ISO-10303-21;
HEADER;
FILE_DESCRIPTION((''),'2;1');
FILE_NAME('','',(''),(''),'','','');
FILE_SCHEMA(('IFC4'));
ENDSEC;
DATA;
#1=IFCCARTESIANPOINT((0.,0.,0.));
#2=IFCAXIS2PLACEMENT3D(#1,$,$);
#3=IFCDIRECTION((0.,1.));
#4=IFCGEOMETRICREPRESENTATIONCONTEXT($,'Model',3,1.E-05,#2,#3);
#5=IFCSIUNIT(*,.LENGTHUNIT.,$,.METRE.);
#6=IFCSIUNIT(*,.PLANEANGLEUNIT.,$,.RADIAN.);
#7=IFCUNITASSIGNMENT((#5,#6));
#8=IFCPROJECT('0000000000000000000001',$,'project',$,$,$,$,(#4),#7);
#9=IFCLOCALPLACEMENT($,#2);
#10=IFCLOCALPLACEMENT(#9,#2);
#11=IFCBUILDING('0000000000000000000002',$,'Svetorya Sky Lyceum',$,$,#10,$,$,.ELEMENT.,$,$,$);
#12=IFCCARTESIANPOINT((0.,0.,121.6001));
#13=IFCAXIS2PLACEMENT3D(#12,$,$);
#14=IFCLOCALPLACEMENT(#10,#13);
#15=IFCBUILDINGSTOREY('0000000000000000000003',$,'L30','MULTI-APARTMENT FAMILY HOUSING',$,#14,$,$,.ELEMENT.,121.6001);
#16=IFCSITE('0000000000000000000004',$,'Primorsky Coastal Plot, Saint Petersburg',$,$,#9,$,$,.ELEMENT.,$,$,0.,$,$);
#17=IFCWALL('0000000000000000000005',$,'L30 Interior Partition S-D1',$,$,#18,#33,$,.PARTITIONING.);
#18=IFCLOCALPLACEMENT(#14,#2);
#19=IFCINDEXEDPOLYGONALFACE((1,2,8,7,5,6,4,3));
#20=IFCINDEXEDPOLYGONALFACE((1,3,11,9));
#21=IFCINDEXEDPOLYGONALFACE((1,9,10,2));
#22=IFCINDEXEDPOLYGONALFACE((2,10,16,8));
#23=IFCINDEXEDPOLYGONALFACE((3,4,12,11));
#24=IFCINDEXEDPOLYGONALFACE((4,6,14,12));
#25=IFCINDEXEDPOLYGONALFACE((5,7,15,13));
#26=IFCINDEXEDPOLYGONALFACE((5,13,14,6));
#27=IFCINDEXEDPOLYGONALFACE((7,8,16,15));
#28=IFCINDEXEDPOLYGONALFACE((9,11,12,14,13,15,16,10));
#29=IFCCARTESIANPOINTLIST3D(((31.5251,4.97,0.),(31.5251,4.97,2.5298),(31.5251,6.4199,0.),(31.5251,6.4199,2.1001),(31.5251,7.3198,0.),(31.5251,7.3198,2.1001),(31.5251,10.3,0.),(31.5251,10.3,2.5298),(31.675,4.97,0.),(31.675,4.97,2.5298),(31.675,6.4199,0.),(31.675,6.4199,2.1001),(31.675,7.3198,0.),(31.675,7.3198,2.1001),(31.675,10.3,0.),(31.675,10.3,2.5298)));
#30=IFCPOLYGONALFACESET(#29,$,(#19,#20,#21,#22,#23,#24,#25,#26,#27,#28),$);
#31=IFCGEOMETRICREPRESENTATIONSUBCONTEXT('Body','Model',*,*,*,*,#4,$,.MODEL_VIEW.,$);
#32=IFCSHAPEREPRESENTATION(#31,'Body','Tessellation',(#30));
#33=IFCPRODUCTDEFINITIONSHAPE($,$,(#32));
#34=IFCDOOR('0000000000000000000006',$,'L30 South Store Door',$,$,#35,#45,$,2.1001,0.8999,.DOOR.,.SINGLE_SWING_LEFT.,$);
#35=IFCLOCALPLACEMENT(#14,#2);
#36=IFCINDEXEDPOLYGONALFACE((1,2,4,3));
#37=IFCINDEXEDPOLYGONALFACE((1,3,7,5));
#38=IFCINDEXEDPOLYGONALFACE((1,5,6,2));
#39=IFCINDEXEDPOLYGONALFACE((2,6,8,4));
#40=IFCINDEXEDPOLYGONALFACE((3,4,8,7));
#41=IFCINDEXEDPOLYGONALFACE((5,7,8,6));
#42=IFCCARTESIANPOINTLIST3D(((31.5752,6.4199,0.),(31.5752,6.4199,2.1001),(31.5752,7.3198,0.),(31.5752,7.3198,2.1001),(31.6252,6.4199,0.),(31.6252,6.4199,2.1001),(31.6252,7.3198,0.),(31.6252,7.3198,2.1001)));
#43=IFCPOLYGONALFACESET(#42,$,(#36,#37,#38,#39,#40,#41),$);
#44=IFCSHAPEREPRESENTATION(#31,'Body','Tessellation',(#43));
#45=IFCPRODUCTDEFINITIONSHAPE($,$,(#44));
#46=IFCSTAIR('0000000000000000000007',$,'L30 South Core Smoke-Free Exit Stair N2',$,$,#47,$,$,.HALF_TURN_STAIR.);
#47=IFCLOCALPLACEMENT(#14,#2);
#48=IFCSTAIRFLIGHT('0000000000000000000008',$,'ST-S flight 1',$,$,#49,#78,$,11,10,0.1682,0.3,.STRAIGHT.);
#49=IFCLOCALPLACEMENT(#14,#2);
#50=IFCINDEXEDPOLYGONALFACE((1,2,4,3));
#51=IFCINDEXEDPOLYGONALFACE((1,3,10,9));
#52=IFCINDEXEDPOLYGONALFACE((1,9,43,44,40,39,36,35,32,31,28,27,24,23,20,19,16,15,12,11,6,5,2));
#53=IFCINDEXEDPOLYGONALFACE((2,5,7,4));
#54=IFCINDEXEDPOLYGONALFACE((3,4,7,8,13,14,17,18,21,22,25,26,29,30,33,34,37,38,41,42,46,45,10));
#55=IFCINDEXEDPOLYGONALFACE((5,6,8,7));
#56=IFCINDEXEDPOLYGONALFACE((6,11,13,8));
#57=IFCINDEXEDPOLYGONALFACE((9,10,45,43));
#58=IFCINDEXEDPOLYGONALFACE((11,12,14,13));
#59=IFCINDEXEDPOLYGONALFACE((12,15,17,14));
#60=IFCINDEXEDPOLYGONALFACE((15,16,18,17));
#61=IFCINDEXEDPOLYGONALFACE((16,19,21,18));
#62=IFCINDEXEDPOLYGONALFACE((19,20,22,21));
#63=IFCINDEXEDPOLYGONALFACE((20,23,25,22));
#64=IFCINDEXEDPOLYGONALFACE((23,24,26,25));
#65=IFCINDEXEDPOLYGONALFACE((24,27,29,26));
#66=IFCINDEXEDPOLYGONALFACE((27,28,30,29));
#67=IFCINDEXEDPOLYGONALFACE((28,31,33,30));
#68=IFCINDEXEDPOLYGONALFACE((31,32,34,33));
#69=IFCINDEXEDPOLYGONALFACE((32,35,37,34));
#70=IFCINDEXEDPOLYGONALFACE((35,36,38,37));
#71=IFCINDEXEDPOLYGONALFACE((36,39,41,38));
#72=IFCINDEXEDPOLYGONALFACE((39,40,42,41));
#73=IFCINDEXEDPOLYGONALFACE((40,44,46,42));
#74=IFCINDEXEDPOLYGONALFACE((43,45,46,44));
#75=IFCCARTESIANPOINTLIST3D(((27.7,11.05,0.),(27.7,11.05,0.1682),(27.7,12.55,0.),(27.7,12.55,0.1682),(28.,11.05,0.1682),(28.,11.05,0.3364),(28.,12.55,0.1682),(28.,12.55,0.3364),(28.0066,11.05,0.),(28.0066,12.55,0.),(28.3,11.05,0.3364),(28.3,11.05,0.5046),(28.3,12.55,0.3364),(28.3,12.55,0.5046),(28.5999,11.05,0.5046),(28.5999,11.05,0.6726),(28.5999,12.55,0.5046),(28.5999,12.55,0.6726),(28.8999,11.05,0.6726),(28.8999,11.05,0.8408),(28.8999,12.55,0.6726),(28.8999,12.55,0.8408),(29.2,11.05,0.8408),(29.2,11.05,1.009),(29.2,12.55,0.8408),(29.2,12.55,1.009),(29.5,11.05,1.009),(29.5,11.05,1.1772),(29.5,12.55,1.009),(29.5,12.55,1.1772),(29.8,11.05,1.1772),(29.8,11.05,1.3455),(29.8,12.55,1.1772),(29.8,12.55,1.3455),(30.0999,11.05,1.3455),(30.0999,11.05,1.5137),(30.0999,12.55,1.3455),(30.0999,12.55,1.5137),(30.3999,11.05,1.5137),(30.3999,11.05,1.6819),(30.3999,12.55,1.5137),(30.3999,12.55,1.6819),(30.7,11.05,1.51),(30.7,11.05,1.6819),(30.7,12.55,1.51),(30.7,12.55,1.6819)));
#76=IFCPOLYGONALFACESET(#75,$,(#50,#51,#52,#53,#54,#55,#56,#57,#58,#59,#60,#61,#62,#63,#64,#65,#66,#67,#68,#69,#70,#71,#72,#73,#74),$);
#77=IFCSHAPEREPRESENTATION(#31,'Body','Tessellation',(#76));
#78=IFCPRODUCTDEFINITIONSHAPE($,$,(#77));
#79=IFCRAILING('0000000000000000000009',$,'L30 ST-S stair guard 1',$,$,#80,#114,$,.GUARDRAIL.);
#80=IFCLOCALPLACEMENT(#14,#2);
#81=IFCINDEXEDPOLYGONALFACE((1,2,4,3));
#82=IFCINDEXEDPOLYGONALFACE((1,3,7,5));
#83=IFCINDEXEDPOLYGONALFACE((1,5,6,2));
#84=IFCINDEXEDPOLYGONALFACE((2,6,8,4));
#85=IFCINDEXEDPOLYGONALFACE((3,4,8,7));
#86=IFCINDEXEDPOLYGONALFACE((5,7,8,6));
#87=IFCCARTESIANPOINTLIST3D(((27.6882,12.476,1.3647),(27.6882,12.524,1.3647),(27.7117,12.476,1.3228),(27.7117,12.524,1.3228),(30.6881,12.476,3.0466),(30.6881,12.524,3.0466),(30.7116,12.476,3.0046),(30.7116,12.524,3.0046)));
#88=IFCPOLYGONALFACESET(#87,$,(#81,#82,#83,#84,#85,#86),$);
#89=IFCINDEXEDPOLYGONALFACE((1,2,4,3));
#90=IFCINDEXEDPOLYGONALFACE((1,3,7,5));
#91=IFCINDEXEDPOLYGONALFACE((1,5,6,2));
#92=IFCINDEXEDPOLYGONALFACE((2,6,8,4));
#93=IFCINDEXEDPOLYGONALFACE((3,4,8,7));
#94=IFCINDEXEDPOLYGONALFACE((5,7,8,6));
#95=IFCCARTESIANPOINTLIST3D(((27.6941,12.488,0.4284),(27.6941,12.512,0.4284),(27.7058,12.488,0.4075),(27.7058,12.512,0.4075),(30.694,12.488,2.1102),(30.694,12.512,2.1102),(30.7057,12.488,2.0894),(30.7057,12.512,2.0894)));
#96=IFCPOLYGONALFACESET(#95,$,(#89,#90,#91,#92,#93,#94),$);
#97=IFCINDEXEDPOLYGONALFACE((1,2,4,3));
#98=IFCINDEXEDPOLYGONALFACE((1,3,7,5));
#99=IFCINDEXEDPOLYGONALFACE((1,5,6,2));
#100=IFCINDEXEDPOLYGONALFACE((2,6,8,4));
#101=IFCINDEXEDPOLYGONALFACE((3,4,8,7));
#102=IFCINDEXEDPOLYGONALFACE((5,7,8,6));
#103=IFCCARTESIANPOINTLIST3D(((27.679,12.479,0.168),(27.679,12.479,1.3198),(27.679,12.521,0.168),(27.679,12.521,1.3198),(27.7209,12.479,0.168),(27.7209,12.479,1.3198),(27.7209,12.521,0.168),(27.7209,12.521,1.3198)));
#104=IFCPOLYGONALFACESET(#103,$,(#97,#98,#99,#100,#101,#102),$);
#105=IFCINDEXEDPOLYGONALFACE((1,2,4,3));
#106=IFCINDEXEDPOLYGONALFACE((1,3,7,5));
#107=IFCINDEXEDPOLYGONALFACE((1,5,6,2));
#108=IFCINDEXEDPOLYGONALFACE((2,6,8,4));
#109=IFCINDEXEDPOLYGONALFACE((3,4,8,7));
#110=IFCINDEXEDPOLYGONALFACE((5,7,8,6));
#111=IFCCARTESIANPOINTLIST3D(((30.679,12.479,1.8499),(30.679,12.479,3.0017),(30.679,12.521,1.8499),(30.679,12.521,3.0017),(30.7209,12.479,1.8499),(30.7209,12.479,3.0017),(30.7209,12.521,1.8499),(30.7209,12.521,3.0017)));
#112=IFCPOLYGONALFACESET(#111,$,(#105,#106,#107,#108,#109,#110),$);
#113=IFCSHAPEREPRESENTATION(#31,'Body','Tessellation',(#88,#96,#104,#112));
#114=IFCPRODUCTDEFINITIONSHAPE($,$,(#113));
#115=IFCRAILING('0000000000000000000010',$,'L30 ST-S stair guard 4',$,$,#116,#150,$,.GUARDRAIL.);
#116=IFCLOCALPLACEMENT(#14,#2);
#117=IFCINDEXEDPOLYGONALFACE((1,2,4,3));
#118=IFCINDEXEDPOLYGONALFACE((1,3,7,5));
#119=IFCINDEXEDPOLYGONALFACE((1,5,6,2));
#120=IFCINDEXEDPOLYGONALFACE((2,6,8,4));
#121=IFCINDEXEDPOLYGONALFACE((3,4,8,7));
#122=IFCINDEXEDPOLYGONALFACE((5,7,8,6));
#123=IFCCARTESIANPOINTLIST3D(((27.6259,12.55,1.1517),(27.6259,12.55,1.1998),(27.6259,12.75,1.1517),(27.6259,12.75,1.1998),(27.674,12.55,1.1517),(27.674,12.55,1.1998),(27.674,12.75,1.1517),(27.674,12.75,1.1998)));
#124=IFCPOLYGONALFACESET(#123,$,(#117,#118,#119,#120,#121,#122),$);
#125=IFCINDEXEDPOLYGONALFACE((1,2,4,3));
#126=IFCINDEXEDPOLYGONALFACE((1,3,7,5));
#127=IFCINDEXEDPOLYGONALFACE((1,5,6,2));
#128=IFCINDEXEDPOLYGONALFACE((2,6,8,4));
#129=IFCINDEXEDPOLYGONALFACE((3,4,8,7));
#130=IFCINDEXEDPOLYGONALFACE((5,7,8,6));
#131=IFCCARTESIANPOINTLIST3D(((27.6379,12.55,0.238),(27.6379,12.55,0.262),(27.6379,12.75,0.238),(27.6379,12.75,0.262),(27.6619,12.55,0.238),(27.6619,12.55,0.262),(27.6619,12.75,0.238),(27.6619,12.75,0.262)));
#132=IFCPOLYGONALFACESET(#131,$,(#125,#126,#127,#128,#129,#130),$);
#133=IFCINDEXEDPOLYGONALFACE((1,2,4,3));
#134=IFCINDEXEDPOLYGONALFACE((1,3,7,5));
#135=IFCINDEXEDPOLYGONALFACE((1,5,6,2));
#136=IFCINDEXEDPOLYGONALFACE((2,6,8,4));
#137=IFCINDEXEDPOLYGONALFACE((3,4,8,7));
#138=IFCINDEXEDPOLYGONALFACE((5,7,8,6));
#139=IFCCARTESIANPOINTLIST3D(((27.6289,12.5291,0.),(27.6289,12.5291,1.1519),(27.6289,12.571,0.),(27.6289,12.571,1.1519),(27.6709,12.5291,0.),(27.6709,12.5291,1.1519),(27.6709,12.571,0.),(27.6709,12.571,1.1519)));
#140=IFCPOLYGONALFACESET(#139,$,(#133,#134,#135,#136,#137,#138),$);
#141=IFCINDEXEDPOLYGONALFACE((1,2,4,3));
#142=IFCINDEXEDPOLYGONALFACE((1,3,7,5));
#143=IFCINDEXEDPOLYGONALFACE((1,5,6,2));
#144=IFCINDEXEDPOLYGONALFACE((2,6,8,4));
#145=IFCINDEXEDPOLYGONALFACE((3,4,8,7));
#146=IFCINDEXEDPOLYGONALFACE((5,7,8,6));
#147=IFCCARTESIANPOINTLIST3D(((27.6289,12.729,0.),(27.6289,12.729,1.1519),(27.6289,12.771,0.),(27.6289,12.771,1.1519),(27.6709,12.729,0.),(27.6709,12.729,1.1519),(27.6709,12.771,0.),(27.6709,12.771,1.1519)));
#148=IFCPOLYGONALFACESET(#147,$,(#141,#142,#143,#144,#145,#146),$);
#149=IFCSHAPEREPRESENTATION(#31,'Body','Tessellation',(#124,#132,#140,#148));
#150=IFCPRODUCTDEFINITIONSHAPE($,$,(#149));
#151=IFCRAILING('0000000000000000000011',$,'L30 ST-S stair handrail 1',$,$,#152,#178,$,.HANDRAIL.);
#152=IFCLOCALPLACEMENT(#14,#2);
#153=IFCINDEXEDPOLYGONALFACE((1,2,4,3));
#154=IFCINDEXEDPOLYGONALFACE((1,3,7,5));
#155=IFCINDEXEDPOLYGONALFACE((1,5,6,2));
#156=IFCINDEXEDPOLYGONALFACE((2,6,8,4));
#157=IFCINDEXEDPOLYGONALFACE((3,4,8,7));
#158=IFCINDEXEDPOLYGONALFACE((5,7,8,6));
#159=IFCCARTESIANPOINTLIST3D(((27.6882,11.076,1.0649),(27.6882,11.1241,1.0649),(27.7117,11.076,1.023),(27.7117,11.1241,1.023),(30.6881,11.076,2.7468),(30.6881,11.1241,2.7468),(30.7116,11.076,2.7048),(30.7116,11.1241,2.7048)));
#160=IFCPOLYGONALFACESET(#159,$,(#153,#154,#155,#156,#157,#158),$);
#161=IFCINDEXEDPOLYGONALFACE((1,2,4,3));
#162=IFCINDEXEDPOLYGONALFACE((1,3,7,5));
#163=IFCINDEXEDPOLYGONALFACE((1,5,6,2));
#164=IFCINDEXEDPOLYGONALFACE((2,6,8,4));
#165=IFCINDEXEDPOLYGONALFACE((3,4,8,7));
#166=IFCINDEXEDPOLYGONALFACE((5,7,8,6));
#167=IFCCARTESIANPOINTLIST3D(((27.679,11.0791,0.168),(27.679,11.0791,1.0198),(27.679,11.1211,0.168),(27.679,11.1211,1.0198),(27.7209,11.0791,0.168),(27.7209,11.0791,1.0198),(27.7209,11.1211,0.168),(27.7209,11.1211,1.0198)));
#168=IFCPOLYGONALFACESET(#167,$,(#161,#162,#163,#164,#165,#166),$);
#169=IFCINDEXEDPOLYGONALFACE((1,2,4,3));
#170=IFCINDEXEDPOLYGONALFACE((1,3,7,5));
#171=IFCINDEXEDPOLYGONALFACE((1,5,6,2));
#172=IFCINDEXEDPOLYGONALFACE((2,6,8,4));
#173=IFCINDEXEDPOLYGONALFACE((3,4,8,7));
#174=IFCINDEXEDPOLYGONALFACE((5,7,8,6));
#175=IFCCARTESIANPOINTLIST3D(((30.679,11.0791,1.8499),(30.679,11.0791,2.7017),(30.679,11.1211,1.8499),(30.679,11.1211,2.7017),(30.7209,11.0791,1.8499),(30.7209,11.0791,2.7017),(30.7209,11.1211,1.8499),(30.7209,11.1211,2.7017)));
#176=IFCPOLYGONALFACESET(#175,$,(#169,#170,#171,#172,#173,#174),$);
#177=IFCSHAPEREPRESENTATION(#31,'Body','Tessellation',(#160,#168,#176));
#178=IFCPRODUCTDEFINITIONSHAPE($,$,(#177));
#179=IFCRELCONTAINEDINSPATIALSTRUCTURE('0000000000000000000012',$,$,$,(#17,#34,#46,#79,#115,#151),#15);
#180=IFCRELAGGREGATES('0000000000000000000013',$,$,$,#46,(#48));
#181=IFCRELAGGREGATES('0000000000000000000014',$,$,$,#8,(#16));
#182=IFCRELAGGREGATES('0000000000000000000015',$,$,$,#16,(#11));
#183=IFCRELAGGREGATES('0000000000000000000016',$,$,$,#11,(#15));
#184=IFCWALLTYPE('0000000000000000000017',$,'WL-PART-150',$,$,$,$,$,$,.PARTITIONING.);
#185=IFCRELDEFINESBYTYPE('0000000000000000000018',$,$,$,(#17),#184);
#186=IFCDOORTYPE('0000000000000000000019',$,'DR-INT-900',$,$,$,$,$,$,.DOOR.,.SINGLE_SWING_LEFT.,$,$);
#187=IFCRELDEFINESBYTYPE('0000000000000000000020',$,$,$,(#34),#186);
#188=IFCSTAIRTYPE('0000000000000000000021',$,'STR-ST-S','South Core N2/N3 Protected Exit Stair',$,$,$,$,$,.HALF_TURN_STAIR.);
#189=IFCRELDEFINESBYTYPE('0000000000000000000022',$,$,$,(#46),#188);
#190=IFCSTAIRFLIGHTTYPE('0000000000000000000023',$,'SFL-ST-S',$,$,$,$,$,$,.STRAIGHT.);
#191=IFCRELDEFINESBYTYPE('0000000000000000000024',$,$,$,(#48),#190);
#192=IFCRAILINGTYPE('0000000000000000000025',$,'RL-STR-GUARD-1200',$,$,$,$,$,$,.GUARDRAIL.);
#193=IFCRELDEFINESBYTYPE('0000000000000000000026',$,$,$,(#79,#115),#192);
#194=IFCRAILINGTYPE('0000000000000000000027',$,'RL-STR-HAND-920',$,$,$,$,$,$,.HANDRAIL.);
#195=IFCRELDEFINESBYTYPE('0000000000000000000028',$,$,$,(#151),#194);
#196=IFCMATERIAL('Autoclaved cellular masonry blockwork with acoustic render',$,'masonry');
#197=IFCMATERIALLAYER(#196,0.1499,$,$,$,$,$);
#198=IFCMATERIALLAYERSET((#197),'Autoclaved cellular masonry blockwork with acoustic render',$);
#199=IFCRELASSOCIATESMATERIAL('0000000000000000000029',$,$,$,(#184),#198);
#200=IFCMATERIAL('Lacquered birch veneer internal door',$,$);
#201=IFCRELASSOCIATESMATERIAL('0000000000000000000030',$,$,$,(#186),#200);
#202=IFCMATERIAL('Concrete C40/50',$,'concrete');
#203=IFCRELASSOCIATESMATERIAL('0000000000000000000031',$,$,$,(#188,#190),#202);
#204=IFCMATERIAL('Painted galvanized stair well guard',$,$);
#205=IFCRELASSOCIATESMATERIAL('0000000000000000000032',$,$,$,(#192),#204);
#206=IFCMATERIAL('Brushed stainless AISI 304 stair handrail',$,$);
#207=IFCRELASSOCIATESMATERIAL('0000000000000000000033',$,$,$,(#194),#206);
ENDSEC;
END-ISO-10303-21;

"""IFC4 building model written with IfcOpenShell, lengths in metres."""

from ifc_helpers import new_model, si_unit, direction, frame, frame_2d, origin, origin_2d, place, context, subcontext, project, spatial, polyline, rectangle, outline, extrude, material, layer, layer_set, type_object, element, fill, aggregate, save


model = new_model("IFC4")

# Units and contexts
model_context = context("Model", 3, precision=1e-05, world=origin(), true_north=direction((0.0, 1.0)))
body_context = subcontext(model_context, "Body", "Model", "MODEL_VIEW")
ifc_project = project(units=[si_unit("LENGTHUNIT", "METRE"), si_unit("PLANEANGLEUNIT", "RADIAN")], contexts=[model_context])

# Site, building, storey
site_placement = place(None, origin())
site = spatial("IfcSite", under=ifc_project, at=site_placement, Name="Primorsky Coastal Plot, Saint Petersburg", CompositionType="ELEMENT", RefElevation=0.0)
building_placement = place(site_placement, origin())
building = spatial("IfcBuilding", under=site, at=building_placement, Name="Svetorya Sky Lyceum", CompositionType="ELEMENT")
storey_placement = place(building_placement, frame((0.0, 0.0, 121.6001)))
storey = spatial("IfcBuildingStorey", under=building, at=storey_placement, Name="L30", Description="MULTI-APARTMENT FAMILY HOUSING", CompositionType="ELEMENT", Elevation=121.6001)

# Shared definitions
ifc_material_1 = material(Name="Concrete C40/50", Category="concrete")

# Wall, opening, door
ifc_material_2 = material(Name="Autoclaved cellular masonry blockwork with acoustic render", Category="masonry")
ifc_layer_1 = layer(ifc_material_2, 0.1499)
ifc_layer_set_1 = layer_set([ifc_layer_1], Name="Autoclaved cellular masonry blockwork with acoustic render")
wall_type_1 = type_object("IfcWallType", Name="WL-PART-150", PredefinedType="PARTITIONING", material=ifc_layer_set_1)
wall_1_placement = place(storey_placement, frame((31.6001, 4.97, 0.0), z_axis=(0.0, 0.0, 1.0), x_axis=(0.0, 1.0, 0.0)))
wall_1 = element("IfcWall", 1, at=wall_1_placement, inside=storey, type_object=wall_type_1, Name="L30 Interior Partition S-D1", PredefinedType="PARTITIONING", context=body_context, shape_type="SweptSolid", body=[
    extrude(rectangle(XDim=5.3301, YDim=0.1499, at=frame_2d((2.665, 0.0))), origin(), (0.0, 0.0, 1.0), 2.5298),
])
opening_placement = place(wall_1_placement, frame((1.45, 0.0, 0.0)))
opening = element("IfcOpeningElement", 2, at=opening_placement, cuts=wall_1, PredefinedType="OPENING", context=body_context, shape_type="SweptSolid", body=[
    extrude(rectangle(XDim=0.8999, YDim=2.1001, at=frame_2d((0.45, 1.05))), frame((0.0, 0.085, 0.0), z_axis=(0.0, -1.0, 0.0), x_axis=(1.0, 0.0, 0.0)), (0.0, 0.0, 1.0), 0.1699),
])
ifc_material_3 = material(Name="Lacquered birch veneer internal door")
door_type = type_object("IfcDoorType", Name="DR-INT-900", OperationType="SINGLE_SWING_LEFT", PredefinedType="DOOR", material=ifc_material_3)
door_placement = place(opening_placement, origin())
door = element("IfcDoor", 3, at=door_placement, inside=storey, type_object=door_type, Name="L30 South Store Door", OperationType="SINGLE_SWING_LEFT", OverallHeight=2.1001, OverallWidth=0.8999, PredefinedType="DOOR", context=body_context, shape_type="SweptSolid", body=[
    extrude(rectangle(XDim=0.8999, YDim=2.1001, at=frame_2d((0.45, 1.05))), frame((0.0, 0.0249, 0.0), z_axis=(0.0, -1.0, 0.0), x_axis=(1.0, 0.0, 0.0)), (0.0, 0.0, 1.0), 0.05),
])
fill(opening, door)

# Stair, stair flight
stair_type = type_object("IfcStairType", Name="STR-ST-S", Description="South Core N2/N3 Protected Exit Stair", PredefinedType="HALF_TURN_STAIR", material=ifc_material_1)
stair_placement = place(storey_placement, origin())
stair = element("IfcStair", 4, at=stair_placement, inside=storey, type_object=stair_type, Name="L30 South Core Smoke-Free Exit Stair N2", PredefinedType="HALF_TURN_STAIR")
stair_flight_type = type_object("IfcStairFlightType", Name="SFL-ST-S", PredefinedType="STRAIGHT", material=ifc_material_1)
stair_flight_placement = place(storey_placement, frame((27.7, 11.8, 0.0), z_axis=(0.0, 0.0, 1.0), x_axis=(1.0, 0.0, 0.0)))
stair_flight = element("IfcStairFlight", 5, at=stair_flight_placement, type_object=stair_flight_type, Name="ST-S flight 1", NumberOfRisers=11, NumberOfTreads=10, PredefinedType="STRAIGHT", RiserHeight=0.1682, TreadLength=0.3, context=body_context, shape_type="SweptSolid", body=[
    extrude(outline(polyline([(0.0, 0.0), (0.0, 0.1682), (0.3, 0.1682), (0.3, 0.3364), (0.6001, 0.3364), (0.6001, 0.5046), (0.8999, 0.5046), (0.8999, 0.6726), (1.2, 0.6726), (1.2, 0.8408), (1.5, 0.8408), (1.5, 1.009), (1.8, 1.009), (1.8, 1.1772), (2.1001, 1.1772), (2.1001, 1.3455), (2.3999, 1.3455), (2.3999, 1.5137), (2.7, 1.5137), (2.7, 1.6819), (3.0, 1.6819), (3.0, 1.8501), (3.0, 1.51), (0.3066, 0.0), (0.0, 0.0)])), frame((0.0, 0.75, 0.0), z_axis=(0.0, -1.0, 0.0), x_axis=(1.0, 0.0, 0.0)), (0.0, 0.0, 1.0), 1.5),
])
aggregate(stair, [stair_flight])

# Railings
ifc_material_4 = material(Name="Painted galvanized stair well guard")
railing_type_1 = type_object("IfcRailingType", Name="RL-STR-GUARD-1200", PredefinedType="GUARDRAIL", material=ifc_material_4)
railing_1_placement = place(storey_placement, frame((27.7, 12.5, 0.168)))
element("IfcRailing", 6, at=railing_1_placement, inside=storey, type_object=railing_type_1, Name="L30 ST-S stair guard 1", PredefinedType="GUARDRAIL", context=body_context, shape_type="SweptSolid", body=[
    extrude(rectangle(XDim=0.0481, YDim=0.0481, at=origin_2d()), frame((0.0, 0.0, 1.1758), z_axis=(0.872272, 0.0, 0.48902), x_axis=(0.0, 1.0, 0.0)), (0.0, 0.0, 1.0), 3.4392),
    extrude(rectangle(XDim=0.0239, YDim=0.0239, at=origin_2d()), frame((0.0, 0.0, 0.25), z_axis=(0.872272, 0.0, 0.48902), x_axis=(0.0, 1.0, 0.0)), (0.0, 0.0, 1.0), 3.4392),
    extrude(rectangle(XDim=0.042, YDim=0.042, at=origin_2d()), origin(), (0.0, 0.0, 1.0), 1.1519),
    extrude(rectangle(XDim=0.042, YDim=0.042, at=origin_2d()), frame((3.0, 0.0, 1.6819)), (0.0, 0.0, 1.0), 1.1519),
])
railing_2_placement = place(storey_placement, frame((27.6499, 12.55, 0.0)))
element("IfcRailing", 7, at=railing_2_placement, inside=storey, type_object=railing_type_1, Name="L30 ST-S stair guard 4", PredefinedType="GUARDRAIL", context=body_context, shape_type="SweptSolid", body=[
    extrude(rectangle(XDim=0.0481, YDim=0.0481, at=origin_2d()), frame((0.0, 0.0, 1.1758), z_axis=(0.0, 1.0, 0.0), x_axis=(-1.0, 0.0, 0.0)), (0.0, 0.0, 1.0), 0.2),
    extrude(rectangle(XDim=0.0239, YDim=0.0239, at=origin_2d()), frame((0.0, 0.0, 0.25), z_axis=(0.0, 1.0, 0.0), x_axis=(-1.0, 0.0, 0.0)), (0.0, 0.0, 1.0), 0.2),
    extrude(rectangle(XDim=0.042, YDim=0.042, at=origin_2d()), origin(), (0.0, 0.0, 1.0), 1.1519),
    extrude(rectangle(XDim=0.042, YDim=0.042, at=origin_2d()), frame((0.0, 0.2, 0.0)), (0.0, 0.0, 1.0), 1.1519),
])
ifc_material_5 = material(Name="Brushed stainless AISI 304 stair handrail")
railing_type_2 = type_object("IfcRailingType", Name="RL-STR-HAND-920", PredefinedType="HANDRAIL", material=ifc_material_5)
railing_3_placement = place(storey_placement, frame((27.7, 11.1001, 0.168)))
element("IfcRailing", 8, at=railing_3_placement, inside=storey, type_object=railing_type_2, Name="L30 ST-S stair handrail 1", PredefinedType="HANDRAIL", context=body_context, shape_type="SweptSolid", body=[
    extrude(rectangle(XDim=0.0481, YDim=0.0481, at=origin_2d()), frame((0.0, 0.0, 0.876), z_axis=(0.872272, 0.0, 0.48902), x_axis=(0.0, 1.0, 0.0)), (0.0, 0.0, 1.0), 3.4392),
    extrude(rectangle(XDim=0.042, YDim=0.042, at=origin_2d()), origin(), (0.0, 0.0, 1.0), 0.8518),
    extrude(rectangle(XDim=0.042, YDim=0.042, at=origin_2d()), frame((3.0, 0.0, 1.6819)), (0.0, 0.0, 1.0), 0.8518),
])

save(model, "model.ifc")
